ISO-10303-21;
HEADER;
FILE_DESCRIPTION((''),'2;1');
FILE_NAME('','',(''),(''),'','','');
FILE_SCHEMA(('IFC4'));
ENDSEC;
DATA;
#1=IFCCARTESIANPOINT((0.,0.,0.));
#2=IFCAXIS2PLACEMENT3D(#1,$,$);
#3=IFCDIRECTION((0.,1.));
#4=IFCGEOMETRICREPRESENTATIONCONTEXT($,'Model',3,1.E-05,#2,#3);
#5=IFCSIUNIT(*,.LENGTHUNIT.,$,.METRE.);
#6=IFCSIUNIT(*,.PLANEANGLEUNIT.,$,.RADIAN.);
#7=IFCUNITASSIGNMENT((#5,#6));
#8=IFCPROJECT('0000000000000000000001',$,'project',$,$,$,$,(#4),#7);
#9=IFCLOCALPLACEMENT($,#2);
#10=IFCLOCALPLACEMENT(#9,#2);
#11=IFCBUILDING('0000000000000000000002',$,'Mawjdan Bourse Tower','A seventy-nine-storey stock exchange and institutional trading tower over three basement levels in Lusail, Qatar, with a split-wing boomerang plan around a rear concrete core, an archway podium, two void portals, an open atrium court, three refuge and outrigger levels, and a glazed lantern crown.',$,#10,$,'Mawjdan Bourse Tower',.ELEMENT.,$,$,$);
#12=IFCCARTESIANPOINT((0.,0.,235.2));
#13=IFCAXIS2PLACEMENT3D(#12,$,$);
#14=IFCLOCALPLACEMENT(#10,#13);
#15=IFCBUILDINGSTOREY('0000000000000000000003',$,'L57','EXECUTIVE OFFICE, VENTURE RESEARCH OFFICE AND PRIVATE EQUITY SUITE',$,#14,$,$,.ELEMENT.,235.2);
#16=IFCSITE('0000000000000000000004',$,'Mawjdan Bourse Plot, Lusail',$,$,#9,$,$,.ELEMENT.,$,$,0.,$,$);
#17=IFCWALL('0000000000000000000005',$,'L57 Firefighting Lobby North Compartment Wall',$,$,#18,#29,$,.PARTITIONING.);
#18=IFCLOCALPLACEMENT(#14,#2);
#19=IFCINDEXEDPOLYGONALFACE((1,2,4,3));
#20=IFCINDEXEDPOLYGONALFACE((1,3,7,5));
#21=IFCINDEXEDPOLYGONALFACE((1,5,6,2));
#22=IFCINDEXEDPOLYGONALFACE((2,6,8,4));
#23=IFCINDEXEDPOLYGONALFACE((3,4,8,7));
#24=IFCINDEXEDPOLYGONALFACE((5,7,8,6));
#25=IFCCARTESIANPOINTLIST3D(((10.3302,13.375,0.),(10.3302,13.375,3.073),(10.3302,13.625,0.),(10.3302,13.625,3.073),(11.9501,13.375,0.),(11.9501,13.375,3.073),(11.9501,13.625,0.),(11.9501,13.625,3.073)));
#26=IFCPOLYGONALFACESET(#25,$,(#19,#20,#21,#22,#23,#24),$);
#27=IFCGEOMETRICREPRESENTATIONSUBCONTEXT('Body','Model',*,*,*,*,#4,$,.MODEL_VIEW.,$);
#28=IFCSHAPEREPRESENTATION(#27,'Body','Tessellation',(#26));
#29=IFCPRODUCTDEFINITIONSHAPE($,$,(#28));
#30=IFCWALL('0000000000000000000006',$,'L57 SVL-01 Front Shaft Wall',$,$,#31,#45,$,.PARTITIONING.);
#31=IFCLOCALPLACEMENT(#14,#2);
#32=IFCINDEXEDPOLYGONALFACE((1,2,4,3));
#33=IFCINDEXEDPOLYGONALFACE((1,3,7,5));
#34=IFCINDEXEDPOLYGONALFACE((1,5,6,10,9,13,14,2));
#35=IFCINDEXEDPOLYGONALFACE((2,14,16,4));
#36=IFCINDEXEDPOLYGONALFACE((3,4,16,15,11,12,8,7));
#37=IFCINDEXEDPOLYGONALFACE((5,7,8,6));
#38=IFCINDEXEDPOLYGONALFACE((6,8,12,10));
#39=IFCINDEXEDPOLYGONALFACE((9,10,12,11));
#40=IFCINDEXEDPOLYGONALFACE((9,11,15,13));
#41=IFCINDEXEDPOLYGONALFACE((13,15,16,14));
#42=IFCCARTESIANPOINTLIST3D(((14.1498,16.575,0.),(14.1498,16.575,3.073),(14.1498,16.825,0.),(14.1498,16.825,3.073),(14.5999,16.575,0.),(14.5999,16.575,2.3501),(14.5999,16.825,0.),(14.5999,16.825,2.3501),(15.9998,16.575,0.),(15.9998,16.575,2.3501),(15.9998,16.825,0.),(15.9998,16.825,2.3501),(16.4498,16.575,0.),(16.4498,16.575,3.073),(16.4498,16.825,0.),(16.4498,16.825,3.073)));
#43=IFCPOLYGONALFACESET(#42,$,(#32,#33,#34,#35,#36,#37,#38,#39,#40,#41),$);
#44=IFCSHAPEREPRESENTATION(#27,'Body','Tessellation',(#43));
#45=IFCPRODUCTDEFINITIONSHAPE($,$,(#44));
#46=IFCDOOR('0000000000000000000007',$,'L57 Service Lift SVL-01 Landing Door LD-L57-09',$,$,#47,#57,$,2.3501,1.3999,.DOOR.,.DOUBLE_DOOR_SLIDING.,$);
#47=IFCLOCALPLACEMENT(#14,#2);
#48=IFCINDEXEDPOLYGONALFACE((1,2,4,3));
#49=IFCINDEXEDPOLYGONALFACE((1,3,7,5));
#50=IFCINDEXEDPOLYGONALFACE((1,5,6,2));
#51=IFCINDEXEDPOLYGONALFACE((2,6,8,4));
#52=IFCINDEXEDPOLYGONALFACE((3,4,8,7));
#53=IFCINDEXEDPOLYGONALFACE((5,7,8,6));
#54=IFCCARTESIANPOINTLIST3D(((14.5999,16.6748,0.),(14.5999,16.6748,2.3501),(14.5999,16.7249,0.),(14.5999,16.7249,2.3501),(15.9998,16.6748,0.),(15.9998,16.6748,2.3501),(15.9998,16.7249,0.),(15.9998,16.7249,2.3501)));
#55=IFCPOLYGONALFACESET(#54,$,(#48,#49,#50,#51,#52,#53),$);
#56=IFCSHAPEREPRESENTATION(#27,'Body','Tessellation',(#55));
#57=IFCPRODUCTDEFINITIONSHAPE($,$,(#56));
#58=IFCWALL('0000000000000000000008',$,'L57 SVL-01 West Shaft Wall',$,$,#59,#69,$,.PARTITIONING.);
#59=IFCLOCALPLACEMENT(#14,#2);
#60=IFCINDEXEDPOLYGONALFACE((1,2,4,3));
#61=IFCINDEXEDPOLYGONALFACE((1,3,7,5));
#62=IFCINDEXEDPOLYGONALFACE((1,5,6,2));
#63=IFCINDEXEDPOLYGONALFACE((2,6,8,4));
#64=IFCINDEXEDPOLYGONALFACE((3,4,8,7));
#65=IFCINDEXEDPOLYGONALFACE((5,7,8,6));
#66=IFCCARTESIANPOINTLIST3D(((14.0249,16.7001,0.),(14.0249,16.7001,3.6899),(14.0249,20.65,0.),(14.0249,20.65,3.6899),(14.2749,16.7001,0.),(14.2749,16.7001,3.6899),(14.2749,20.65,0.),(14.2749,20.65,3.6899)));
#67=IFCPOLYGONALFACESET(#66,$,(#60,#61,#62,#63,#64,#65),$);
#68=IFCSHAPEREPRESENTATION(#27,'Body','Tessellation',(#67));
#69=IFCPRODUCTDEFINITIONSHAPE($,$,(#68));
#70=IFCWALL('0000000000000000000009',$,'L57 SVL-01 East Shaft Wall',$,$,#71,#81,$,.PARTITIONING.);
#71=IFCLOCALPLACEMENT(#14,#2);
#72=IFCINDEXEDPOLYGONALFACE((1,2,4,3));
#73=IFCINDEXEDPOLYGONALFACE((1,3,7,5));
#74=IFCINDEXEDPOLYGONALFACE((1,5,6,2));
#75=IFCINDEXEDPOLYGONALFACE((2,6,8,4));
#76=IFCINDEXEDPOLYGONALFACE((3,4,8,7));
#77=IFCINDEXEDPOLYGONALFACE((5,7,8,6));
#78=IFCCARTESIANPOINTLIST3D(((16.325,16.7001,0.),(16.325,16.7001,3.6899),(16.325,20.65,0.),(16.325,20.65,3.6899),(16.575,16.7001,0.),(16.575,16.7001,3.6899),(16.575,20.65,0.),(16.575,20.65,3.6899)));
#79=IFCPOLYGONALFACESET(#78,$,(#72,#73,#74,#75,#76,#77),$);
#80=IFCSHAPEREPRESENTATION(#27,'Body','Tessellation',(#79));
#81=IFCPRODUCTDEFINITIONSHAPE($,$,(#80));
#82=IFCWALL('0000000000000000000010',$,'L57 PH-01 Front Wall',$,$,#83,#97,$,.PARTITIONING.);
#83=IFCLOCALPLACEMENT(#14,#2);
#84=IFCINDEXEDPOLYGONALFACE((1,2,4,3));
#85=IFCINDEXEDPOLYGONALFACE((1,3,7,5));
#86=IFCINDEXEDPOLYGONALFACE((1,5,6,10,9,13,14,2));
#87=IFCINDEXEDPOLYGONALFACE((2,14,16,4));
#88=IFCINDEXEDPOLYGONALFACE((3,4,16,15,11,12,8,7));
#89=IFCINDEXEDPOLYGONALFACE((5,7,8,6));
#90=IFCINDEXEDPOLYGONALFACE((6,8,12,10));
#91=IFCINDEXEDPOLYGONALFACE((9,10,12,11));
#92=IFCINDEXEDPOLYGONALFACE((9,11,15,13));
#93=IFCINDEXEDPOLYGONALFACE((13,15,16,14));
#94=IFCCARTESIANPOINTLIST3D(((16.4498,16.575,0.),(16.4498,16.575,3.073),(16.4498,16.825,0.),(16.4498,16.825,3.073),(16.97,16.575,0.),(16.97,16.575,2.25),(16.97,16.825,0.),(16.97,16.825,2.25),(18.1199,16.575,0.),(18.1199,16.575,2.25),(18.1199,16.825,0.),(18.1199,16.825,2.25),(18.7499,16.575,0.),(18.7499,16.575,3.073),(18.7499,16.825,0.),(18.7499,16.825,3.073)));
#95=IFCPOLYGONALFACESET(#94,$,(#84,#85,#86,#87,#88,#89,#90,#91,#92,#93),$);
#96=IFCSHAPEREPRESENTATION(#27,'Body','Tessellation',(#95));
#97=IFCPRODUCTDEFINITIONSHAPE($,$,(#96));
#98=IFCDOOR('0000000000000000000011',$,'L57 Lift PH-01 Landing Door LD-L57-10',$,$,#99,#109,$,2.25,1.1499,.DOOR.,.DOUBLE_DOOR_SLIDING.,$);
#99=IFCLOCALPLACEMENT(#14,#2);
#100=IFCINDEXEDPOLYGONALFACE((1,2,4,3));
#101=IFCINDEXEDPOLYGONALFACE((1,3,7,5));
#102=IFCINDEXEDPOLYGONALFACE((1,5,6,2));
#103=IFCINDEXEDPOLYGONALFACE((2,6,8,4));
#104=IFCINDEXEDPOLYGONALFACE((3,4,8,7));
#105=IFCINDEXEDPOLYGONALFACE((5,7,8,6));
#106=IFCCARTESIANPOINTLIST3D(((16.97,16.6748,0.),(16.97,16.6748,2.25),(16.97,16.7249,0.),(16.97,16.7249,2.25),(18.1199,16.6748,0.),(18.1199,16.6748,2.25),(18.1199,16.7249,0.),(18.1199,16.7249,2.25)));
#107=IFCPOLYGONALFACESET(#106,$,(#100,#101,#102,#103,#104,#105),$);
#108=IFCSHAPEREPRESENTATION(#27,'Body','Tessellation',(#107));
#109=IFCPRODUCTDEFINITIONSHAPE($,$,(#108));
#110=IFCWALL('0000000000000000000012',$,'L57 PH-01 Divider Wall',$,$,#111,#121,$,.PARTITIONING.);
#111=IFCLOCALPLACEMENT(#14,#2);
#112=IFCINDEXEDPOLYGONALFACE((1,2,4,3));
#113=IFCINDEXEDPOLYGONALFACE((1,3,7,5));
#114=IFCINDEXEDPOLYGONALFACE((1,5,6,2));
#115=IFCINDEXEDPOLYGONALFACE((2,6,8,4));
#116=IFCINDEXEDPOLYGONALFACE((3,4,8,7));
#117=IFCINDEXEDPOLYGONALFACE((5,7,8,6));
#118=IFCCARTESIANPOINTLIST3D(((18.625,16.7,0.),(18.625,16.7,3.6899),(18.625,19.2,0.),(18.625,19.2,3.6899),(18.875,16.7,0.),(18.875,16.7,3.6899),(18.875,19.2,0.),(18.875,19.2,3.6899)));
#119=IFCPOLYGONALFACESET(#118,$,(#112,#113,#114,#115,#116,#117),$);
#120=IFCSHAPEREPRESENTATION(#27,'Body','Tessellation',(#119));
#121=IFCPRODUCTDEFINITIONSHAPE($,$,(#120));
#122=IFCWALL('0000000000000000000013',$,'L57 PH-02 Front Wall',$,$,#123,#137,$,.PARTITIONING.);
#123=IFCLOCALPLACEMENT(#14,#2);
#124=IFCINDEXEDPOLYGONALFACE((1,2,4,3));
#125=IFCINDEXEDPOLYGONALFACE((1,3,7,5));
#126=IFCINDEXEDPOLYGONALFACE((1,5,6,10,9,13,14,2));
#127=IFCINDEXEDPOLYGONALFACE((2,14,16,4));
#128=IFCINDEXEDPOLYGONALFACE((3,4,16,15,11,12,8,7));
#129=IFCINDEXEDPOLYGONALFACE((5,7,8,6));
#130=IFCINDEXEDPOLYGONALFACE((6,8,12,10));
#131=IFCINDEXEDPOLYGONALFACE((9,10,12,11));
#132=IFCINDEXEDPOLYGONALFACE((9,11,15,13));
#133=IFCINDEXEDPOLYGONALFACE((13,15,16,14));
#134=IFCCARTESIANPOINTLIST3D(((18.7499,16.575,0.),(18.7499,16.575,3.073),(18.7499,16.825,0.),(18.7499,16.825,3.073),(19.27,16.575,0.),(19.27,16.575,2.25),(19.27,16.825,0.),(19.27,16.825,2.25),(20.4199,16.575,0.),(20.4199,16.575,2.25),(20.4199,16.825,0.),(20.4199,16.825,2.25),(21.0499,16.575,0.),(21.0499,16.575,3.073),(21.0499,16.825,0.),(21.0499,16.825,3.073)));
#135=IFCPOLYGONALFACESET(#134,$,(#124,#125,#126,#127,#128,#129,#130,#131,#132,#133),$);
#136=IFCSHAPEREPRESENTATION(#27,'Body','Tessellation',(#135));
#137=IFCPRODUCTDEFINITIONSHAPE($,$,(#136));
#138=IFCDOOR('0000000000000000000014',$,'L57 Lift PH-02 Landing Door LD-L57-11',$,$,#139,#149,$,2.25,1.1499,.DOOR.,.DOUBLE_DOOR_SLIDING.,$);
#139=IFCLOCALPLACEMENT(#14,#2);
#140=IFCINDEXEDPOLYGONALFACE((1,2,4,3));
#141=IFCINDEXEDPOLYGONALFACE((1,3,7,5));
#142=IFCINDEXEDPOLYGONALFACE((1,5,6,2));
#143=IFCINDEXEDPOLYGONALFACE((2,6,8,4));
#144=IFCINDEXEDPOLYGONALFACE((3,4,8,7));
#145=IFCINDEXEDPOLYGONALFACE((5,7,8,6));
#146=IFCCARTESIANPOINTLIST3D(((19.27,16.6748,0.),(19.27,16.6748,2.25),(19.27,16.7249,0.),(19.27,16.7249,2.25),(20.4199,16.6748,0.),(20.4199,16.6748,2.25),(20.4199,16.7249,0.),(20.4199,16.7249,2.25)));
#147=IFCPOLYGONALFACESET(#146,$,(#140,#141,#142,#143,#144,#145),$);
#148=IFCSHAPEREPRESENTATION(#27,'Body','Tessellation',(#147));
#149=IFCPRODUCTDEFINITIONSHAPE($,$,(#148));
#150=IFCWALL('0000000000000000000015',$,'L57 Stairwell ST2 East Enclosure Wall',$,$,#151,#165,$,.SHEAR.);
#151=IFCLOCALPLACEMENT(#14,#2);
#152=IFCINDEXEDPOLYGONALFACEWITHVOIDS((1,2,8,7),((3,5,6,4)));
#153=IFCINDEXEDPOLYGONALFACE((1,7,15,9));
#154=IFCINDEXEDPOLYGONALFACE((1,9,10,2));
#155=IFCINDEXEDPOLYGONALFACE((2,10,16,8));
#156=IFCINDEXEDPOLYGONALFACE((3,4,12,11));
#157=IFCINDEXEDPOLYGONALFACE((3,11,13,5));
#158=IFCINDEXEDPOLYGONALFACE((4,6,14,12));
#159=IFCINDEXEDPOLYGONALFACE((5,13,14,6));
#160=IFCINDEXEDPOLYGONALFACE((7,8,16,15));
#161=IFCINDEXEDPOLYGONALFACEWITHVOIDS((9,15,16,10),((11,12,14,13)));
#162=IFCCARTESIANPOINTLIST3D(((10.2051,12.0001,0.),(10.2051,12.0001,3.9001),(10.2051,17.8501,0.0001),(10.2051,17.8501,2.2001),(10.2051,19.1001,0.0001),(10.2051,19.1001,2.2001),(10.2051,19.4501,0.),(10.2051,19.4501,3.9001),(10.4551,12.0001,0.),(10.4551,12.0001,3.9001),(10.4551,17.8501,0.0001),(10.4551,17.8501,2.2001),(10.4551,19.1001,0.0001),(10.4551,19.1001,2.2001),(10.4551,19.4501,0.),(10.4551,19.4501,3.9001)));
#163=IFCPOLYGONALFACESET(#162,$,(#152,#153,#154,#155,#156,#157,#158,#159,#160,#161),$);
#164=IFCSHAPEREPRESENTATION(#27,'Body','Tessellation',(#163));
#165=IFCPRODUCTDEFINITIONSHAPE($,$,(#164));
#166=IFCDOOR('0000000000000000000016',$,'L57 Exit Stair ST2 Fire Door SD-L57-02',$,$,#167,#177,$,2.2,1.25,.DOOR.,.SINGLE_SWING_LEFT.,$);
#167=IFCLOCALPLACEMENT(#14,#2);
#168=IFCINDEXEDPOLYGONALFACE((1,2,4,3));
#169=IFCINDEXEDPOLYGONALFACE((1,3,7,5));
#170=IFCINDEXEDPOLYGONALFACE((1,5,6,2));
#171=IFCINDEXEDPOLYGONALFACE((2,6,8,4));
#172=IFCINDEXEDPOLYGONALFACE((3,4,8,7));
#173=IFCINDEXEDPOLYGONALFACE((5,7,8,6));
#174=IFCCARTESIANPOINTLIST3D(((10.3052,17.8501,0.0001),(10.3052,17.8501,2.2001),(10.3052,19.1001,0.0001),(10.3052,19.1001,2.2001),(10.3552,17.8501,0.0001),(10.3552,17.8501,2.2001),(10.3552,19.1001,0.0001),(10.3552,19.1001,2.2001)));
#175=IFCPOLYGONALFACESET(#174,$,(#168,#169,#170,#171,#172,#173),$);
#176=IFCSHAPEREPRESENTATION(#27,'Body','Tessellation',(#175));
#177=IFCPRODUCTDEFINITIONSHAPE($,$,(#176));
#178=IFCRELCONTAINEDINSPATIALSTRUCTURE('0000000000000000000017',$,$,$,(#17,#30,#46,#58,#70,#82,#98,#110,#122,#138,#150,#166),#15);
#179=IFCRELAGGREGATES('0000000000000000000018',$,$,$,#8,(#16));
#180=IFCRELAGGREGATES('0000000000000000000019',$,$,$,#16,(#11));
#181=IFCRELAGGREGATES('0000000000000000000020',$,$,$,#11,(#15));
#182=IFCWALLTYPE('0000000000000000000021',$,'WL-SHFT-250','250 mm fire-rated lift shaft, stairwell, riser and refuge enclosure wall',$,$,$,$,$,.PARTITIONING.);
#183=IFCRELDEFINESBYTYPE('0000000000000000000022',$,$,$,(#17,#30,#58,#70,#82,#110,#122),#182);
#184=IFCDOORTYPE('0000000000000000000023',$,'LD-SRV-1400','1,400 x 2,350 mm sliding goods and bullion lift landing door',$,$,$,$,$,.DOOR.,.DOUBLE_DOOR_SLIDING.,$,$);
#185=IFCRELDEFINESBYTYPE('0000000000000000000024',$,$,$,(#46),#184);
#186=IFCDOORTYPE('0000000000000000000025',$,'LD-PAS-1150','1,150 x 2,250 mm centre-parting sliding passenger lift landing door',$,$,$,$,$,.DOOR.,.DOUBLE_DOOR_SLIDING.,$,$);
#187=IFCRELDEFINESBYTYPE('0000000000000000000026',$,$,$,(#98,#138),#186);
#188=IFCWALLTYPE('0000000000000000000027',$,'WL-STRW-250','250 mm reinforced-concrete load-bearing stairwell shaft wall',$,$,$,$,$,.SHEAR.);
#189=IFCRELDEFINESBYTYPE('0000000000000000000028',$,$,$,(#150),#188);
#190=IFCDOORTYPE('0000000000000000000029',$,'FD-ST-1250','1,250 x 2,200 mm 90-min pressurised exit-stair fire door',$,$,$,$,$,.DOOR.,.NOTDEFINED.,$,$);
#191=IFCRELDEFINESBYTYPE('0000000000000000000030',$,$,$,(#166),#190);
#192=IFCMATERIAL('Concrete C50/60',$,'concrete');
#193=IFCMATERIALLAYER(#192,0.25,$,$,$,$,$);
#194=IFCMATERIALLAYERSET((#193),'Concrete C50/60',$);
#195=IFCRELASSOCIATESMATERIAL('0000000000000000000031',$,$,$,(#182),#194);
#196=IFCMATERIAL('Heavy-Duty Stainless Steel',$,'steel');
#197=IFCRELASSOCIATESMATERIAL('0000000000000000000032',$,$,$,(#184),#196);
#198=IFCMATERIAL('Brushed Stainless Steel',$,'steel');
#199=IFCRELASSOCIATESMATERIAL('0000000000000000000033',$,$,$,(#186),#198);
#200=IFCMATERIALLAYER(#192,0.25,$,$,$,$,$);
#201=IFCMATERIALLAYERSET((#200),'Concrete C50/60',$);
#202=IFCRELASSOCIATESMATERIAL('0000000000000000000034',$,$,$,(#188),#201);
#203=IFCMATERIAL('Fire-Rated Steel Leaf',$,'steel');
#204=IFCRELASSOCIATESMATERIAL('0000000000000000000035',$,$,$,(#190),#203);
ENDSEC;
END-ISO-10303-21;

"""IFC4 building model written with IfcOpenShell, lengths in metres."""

from ifc_helpers import new_model, si_unit, direction, frame, frame_2d, origin, place, context, subcontext, project, spatial, rectangle, extrude, material, layer, layer_set, type_object, element, fill, save


model = new_model("IFC4")

# Units and contexts
model_context = context("Model", 3, precision=1e-05, world=origin(), true_north=direction((0.0, 1.0)))
body_context = subcontext(model_context, "Body", "Model", "MODEL_VIEW")
ifc_project = project(units=[si_unit("LENGTHUNIT", "METRE"), si_unit("PLANEANGLEUNIT", "RADIAN")], contexts=[model_context])

# Site, building, storey
site_placement = place(None, origin())
site = spatial("IfcSite", under=ifc_project, at=site_placement, Name="Mawjdan Bourse Plot, Lusail", CompositionType="ELEMENT", RefElevation=0.0)
building_placement = place(site_placement, origin())
building = spatial("IfcBuilding", under=site, at=building_placement, Name="Mawjdan Bourse Tower", Description="A seventy-nine-storey stock exchange and institutional trading tower over three basement levels in Lusail, Qatar, with a split-wing boomerang plan around a rear concrete core, an archway podium, two void portals, an open atrium court, three refuge and outrigger levels, and a glazed lantern crown.", LongName="Mawjdan Bourse Tower", CompositionType="ELEMENT")
storey_placement = place(building_placement, frame((0.0, 0.0, 235.2)))
storey = spatial("IfcBuildingStorey", under=building, at=storey_placement, Name="L57", Description="EXECUTIVE OFFICE, VENTURE RESEARCH OFFICE AND PRIVATE EQUITY SUITE", CompositionType="ELEMENT", Elevation=235.2)

# Wall
ifc_material_1 = material(Name="Concrete C50/60", Category="concrete")
ifc_layer_1 = layer(ifc_material_1, 0.25)
ifc_layer_set_1 = layer_set([ifc_layer_1], Name="Concrete C50/60")
wall_type_1 = type_object("IfcWallType", Name="WL-SHFT-250", Description="250 mm fire-rated lift shaft, stairwell, riser and refuge enclosure wall", PredefinedType="PARTITIONING", material=ifc_layer_set_1)
wall_1_placement = place(storey_placement, frame((10.3301, 13.5, 0.0), z_axis=(0.0, 0.0, 1.0), x_axis=(1.0, 0.0, 0.0)))
element("IfcWall", 1, at=wall_1_placement, inside=storey, type_object=wall_type_1, Name="L57 Firefighting Lobby North Compartment Wall", PredefinedType="PARTITIONING", context=body_context, shape_type="SweptSolid", body=[
    extrude(rectangle(XDim=1.6199, YDim=0.25, at=frame_2d((0.8101, 0.0))), origin(), (0.0, 0.0, 1.0), 3.073),
])

# Wall, opening, door
wall_2_placement = place(storey_placement, frame((14.1499, 16.7, 0.0), z_axis=(0.0, 0.0, 1.0), x_axis=(1.0, 0.0, 0.0)))
wall_2 = element("IfcWall", 2, at=wall_2_placement, inside=storey, type_object=wall_type_1, Name="L57 SVL-01 Front Shaft Wall", PredefinedType="PARTITIONING", context=body_context, shape_type="SweptSolid", body=[
    extrude(rectangle(XDim=2.3, YDim=0.25, at=frame_2d((1.1499, 0.0))), origin(), (0.0, 0.0, 1.0), 3.073),
])
opening_1_placement = place(wall_2_placement, frame((0.45, 0.0, 0.0)))
opening_1 = element("IfcOpeningElement", 3, at=opening_1_placement, cuts=wall_2, PredefinedType="OPENING", context=body_context, shape_type="SweptSolid", body=[
    extrude(rectangle(XDim=1.3999, YDim=2.3501, at=frame_2d((0.7, 1.175))), frame((0.0, 0.135, 0.0), z_axis=(0.0, -1.0, 0.0), x_axis=(1.0, 0.0, 0.0)), (0.0, 0.0, 1.0), 0.27),
])
ifc_material_2 = material(Name="Heavy-Duty Stainless Steel", Category="steel")
door_type_1 = type_object("IfcDoorType", Name="LD-SRV-1400", Description="1,400 x 2,350 mm sliding goods and bullion lift landing door", OperationType="DOUBLE_DOOR_SLIDING", PredefinedType="DOOR", material=ifc_material_2)
door_1_placement = place(opening_1_placement, origin())
door_1 = element("IfcDoor", 4, at=door_1_placement, inside=storey, type_object=door_type_1, Name="L57 Service Lift SVL-01 Landing Door LD-L57-09", OperationType="DOUBLE_DOOR_SLIDING", OverallHeight=2.3501, OverallWidth=1.3999, PredefinedType="DOOR", context=body_context, shape_type="SweptSolid", body=[
    extrude(rectangle(XDim=1.3999, YDim=2.3501, at=frame_2d((0.7, 1.175))), frame((0.0, 0.0249, 0.0), z_axis=(0.0, -1.0, 0.0), x_axis=(1.0, 0.0, 0.0)), (0.0, 0.0, 1.0), 0.05),
])
fill(opening_1, door_1)

# Walls
for number, where, z_axis, x_axis, name in (
    (5, (14.1499, 16.7, 0.0), (0.0, 0.0, 1.0), (0.0, 1.0, 0.0), "L57 SVL-01 West Shaft Wall"),
    (6, (16.45, 16.7, 0.0), (0.0, 0.0, 1.0), (0.0, 1.0, 0.0), "L57 SVL-01 East Shaft Wall"),
):
    element("IfcWall", number, at=place(storey_placement, frame(where, z_axis=z_axis, x_axis=x_axis)), inside=storey, type_object=wall_type_1, Name=name, PredefinedType="PARTITIONING", context=body_context, shape_type="SweptSolid", body=[
        extrude(rectangle(XDim=3.95, YDim=0.25, at=frame_2d((1.9751, 0.0))), origin(), (0.0, 0.0, 1.0), 3.6899),
    ])

# Wall, opening, door
wall_3_placement = place(storey_placement, frame((16.45, 16.7, 0.0), z_axis=(0.0, 0.0, 1.0), x_axis=(1.0, 0.0, 0.0)))
wall_3 = element("IfcWall", 7, at=wall_3_placement, inside=storey, type_object=wall_type_1, Name="L57 PH-01 Front Wall", PredefinedType="PARTITIONING", context=body_context, shape_type="SweptSolid", body=[
    extrude(rectangle(XDim=2.3, YDim=0.25, at=frame_2d((1.1499, 0.0))), origin(), (0.0, 0.0, 1.0), 3.073),
])
opening_2_placement = place(wall_3_placement, frame((0.52, 0.0, 0.0)))
opening_2 = element("IfcOpeningElement", 8, at=opening_2_placement, cuts=wall_3, PredefinedType="OPENING", context=body_context, shape_type="SweptSolid", body=[
    extrude(rectangle(XDim=1.1499, YDim=2.25, at=frame_2d((0.575, 1.125))), frame((0.0, 0.135, 0.0), z_axis=(0.0, -1.0, 0.0), x_axis=(1.0, 0.0, 0.0)), (0.0, 0.0, 1.0), 0.27),
])
ifc_material_3 = material(Name="Brushed Stainless Steel", Category="steel")
door_type_2 = type_object("IfcDoorType", Name="LD-PAS-1150", Description="1,150 x 2,250 mm centre-parting sliding passenger lift landing door", OperationType="DOUBLE_DOOR_SLIDING", PredefinedType="DOOR", material=ifc_material_3)
door_2_placement = place(opening_2_placement, origin())
door_2 = element("IfcDoor", 9, at=door_2_placement, inside=storey, type_object=door_type_2, Name="L57 Lift PH-01 Landing Door LD-L57-10", OperationType="DOUBLE_DOOR_SLIDING", OverallHeight=2.25, OverallWidth=1.1499, PredefinedType="DOOR", context=body_context, shape_type="SweptSolid", body=[
    extrude(rectangle(XDim=1.1499, YDim=2.25, at=frame_2d((0.575, 1.125))), frame((0.0, 0.0249, 0.0), z_axis=(0.0, -1.0, 0.0), x_axis=(1.0, 0.0, 0.0)), (0.0, 0.0, 1.0), 0.05),
])
fill(opening_2, door_2)

# Wall
wall_4_placement = place(storey_placement, frame((18.75, 16.7, 0.0), z_axis=(0.0, 0.0, 1.0), x_axis=(0.0, 1.0, 0.0)))
element("IfcWall", 10, at=wall_4_placement, inside=storey, type_object=wall_type_1, Name="L57 PH-01 Divider Wall", PredefinedType="PARTITIONING", context=body_context, shape_type="SweptSolid", body=[
    extrude(rectangle(XDim=2.5, YDim=0.25, at=frame_2d((1.25, 0.0))), origin(), (0.0, 0.0, 1.0), 3.6899),
])

# Walls, openings, doors
wall_5_placement = place(storey_placement, frame((18.75, 16.7, 0.0), z_axis=(0.0, 0.0, 1.0), x_axis=(1.0, 0.0, 0.0)))
wall_5 = element("IfcWall", 11, at=wall_5_placement, inside=storey, type_object=wall_type_1, Name="L57 PH-02 Front Wall", PredefinedType="PARTITIONING", context=body_context, shape_type="SweptSolid", body=[
    extrude(rectangle(XDim=2.3, YDim=0.25, at=frame_2d((1.1499, 0.0))), origin(), (0.0, 0.0, 1.0), 3.073),
])
opening_3_placement = place(wall_5_placement, frame((0.52, 0.0, 0.0)))
opening_3 = element("IfcOpeningElement", 12, at=opening_3_placement, cuts=wall_5, PredefinedType="OPENING", context=body_context, shape_type="SweptSolid", body=[
    extrude(rectangle(XDim=1.1499, YDim=2.25, at=frame_2d((0.575, 1.125))), frame((0.0, 0.135, 0.0), z_axis=(0.0, -1.0, 0.0), x_axis=(1.0, 0.0, 0.0)), (0.0, 0.0, 1.0), 0.27),
])
door_3_placement = place(opening_3_placement, origin())
door_3 = element("IfcDoor", 13, at=door_3_placement, inside=storey, type_object=door_type_2, Name="L57 Lift PH-02 Landing Door LD-L57-11", OperationType="DOUBLE_DOOR_SLIDING", OverallHeight=2.25, OverallWidth=1.1499, PredefinedType="DOOR", context=body_context, shape_type="SweptSolid", body=[
    extrude(rectangle(XDim=1.1499, YDim=2.25, at=frame_2d((0.575, 1.125))), frame((0.0, 0.0249, 0.0), z_axis=(0.0, -1.0, 0.0), x_axis=(1.0, 0.0, 0.0)), (0.0, 0.0, 1.0), 0.05),
])
fill(opening_3, door_3)
ifc_layer_2 = layer(ifc_material_1, 0.25)
ifc_layer_set_2 = layer_set([ifc_layer_2], Name="Concrete C50/60")
wall_type_2 = type_object("IfcWallType", Name="WL-STRW-250", Description="250 mm reinforced-concrete load-bearing stairwell shaft wall", PredefinedType="SHEAR", material=ifc_layer_set_2)
wall_6_placement = place(storey_placement, frame((10.3301, 12.0, 0.0), z_axis=(0.0, 0.0, 1.0), x_axis=(0.0, 1.0, 0.0)))
wall_6 = element("IfcWall", 14, at=wall_6_placement, inside=storey, type_object=wall_type_2, Name="L57 Stairwell ST2 East Enclosure Wall", PredefinedType="SHEAR", context=body_context, shape_type="SweptSolid", body=[
    extrude(rectangle(XDim=7.45, YDim=0.25, at=frame_2d((3.7251, 0.0))), origin(), (0.0, 0.0, 1.0), 3.9001),
])
opening_4_placement = place(wall_6_placement, frame((5.8501, 0.0, 0.0)))
opening_4 = element("IfcOpeningElement", 15, at=opening_4_placement, cuts=wall_6, PredefinedType="OPENING", context=body_context, shape_type="SweptSolid", body=[
    extrude(rectangle(XDim=1.25, YDim=2.2, at=frame_2d((0.625, 1.1001))), frame((0.0, 0.135, 0.0), z_axis=(0.0, -1.0, 0.0), x_axis=(1.0, 0.0, 0.0)), (0.0, 0.0, 1.0), 0.27),
])
ifc_material_4 = material(Name="Fire-Rated Steel Leaf", Category="steel")
door_type_3 = type_object("IfcDoorType", Name="FD-ST-1250", Description="1,250 x 2,200 mm 90-min pressurised exit-stair fire door", OperationType="NOTDEFINED", PredefinedType="DOOR", material=ifc_material_4)
door_4_placement = place(opening_4_placement, origin())
door_4 = element("IfcDoor", 16, at=door_4_placement, inside=storey, type_object=door_type_3, Name="L57 Exit Stair ST2 Fire Door SD-L57-02", OperationType="SINGLE_SWING_LEFT", OverallHeight=2.2, OverallWidth=1.25, PredefinedType="DOOR", context=body_context, shape_type="SweptSolid", body=[
    extrude(rectangle(XDim=1.25, YDim=2.2, at=frame_2d((0.625, 1.1001))), frame((0.0, 0.0249, 0.0), z_axis=(0.0, -1.0, 0.0), x_axis=(1.0, 0.0, 0.0)), (0.0, 0.0, 1.0), 0.05),
])
fill(opening_4, door_4)

save(model, "model.ifc")
